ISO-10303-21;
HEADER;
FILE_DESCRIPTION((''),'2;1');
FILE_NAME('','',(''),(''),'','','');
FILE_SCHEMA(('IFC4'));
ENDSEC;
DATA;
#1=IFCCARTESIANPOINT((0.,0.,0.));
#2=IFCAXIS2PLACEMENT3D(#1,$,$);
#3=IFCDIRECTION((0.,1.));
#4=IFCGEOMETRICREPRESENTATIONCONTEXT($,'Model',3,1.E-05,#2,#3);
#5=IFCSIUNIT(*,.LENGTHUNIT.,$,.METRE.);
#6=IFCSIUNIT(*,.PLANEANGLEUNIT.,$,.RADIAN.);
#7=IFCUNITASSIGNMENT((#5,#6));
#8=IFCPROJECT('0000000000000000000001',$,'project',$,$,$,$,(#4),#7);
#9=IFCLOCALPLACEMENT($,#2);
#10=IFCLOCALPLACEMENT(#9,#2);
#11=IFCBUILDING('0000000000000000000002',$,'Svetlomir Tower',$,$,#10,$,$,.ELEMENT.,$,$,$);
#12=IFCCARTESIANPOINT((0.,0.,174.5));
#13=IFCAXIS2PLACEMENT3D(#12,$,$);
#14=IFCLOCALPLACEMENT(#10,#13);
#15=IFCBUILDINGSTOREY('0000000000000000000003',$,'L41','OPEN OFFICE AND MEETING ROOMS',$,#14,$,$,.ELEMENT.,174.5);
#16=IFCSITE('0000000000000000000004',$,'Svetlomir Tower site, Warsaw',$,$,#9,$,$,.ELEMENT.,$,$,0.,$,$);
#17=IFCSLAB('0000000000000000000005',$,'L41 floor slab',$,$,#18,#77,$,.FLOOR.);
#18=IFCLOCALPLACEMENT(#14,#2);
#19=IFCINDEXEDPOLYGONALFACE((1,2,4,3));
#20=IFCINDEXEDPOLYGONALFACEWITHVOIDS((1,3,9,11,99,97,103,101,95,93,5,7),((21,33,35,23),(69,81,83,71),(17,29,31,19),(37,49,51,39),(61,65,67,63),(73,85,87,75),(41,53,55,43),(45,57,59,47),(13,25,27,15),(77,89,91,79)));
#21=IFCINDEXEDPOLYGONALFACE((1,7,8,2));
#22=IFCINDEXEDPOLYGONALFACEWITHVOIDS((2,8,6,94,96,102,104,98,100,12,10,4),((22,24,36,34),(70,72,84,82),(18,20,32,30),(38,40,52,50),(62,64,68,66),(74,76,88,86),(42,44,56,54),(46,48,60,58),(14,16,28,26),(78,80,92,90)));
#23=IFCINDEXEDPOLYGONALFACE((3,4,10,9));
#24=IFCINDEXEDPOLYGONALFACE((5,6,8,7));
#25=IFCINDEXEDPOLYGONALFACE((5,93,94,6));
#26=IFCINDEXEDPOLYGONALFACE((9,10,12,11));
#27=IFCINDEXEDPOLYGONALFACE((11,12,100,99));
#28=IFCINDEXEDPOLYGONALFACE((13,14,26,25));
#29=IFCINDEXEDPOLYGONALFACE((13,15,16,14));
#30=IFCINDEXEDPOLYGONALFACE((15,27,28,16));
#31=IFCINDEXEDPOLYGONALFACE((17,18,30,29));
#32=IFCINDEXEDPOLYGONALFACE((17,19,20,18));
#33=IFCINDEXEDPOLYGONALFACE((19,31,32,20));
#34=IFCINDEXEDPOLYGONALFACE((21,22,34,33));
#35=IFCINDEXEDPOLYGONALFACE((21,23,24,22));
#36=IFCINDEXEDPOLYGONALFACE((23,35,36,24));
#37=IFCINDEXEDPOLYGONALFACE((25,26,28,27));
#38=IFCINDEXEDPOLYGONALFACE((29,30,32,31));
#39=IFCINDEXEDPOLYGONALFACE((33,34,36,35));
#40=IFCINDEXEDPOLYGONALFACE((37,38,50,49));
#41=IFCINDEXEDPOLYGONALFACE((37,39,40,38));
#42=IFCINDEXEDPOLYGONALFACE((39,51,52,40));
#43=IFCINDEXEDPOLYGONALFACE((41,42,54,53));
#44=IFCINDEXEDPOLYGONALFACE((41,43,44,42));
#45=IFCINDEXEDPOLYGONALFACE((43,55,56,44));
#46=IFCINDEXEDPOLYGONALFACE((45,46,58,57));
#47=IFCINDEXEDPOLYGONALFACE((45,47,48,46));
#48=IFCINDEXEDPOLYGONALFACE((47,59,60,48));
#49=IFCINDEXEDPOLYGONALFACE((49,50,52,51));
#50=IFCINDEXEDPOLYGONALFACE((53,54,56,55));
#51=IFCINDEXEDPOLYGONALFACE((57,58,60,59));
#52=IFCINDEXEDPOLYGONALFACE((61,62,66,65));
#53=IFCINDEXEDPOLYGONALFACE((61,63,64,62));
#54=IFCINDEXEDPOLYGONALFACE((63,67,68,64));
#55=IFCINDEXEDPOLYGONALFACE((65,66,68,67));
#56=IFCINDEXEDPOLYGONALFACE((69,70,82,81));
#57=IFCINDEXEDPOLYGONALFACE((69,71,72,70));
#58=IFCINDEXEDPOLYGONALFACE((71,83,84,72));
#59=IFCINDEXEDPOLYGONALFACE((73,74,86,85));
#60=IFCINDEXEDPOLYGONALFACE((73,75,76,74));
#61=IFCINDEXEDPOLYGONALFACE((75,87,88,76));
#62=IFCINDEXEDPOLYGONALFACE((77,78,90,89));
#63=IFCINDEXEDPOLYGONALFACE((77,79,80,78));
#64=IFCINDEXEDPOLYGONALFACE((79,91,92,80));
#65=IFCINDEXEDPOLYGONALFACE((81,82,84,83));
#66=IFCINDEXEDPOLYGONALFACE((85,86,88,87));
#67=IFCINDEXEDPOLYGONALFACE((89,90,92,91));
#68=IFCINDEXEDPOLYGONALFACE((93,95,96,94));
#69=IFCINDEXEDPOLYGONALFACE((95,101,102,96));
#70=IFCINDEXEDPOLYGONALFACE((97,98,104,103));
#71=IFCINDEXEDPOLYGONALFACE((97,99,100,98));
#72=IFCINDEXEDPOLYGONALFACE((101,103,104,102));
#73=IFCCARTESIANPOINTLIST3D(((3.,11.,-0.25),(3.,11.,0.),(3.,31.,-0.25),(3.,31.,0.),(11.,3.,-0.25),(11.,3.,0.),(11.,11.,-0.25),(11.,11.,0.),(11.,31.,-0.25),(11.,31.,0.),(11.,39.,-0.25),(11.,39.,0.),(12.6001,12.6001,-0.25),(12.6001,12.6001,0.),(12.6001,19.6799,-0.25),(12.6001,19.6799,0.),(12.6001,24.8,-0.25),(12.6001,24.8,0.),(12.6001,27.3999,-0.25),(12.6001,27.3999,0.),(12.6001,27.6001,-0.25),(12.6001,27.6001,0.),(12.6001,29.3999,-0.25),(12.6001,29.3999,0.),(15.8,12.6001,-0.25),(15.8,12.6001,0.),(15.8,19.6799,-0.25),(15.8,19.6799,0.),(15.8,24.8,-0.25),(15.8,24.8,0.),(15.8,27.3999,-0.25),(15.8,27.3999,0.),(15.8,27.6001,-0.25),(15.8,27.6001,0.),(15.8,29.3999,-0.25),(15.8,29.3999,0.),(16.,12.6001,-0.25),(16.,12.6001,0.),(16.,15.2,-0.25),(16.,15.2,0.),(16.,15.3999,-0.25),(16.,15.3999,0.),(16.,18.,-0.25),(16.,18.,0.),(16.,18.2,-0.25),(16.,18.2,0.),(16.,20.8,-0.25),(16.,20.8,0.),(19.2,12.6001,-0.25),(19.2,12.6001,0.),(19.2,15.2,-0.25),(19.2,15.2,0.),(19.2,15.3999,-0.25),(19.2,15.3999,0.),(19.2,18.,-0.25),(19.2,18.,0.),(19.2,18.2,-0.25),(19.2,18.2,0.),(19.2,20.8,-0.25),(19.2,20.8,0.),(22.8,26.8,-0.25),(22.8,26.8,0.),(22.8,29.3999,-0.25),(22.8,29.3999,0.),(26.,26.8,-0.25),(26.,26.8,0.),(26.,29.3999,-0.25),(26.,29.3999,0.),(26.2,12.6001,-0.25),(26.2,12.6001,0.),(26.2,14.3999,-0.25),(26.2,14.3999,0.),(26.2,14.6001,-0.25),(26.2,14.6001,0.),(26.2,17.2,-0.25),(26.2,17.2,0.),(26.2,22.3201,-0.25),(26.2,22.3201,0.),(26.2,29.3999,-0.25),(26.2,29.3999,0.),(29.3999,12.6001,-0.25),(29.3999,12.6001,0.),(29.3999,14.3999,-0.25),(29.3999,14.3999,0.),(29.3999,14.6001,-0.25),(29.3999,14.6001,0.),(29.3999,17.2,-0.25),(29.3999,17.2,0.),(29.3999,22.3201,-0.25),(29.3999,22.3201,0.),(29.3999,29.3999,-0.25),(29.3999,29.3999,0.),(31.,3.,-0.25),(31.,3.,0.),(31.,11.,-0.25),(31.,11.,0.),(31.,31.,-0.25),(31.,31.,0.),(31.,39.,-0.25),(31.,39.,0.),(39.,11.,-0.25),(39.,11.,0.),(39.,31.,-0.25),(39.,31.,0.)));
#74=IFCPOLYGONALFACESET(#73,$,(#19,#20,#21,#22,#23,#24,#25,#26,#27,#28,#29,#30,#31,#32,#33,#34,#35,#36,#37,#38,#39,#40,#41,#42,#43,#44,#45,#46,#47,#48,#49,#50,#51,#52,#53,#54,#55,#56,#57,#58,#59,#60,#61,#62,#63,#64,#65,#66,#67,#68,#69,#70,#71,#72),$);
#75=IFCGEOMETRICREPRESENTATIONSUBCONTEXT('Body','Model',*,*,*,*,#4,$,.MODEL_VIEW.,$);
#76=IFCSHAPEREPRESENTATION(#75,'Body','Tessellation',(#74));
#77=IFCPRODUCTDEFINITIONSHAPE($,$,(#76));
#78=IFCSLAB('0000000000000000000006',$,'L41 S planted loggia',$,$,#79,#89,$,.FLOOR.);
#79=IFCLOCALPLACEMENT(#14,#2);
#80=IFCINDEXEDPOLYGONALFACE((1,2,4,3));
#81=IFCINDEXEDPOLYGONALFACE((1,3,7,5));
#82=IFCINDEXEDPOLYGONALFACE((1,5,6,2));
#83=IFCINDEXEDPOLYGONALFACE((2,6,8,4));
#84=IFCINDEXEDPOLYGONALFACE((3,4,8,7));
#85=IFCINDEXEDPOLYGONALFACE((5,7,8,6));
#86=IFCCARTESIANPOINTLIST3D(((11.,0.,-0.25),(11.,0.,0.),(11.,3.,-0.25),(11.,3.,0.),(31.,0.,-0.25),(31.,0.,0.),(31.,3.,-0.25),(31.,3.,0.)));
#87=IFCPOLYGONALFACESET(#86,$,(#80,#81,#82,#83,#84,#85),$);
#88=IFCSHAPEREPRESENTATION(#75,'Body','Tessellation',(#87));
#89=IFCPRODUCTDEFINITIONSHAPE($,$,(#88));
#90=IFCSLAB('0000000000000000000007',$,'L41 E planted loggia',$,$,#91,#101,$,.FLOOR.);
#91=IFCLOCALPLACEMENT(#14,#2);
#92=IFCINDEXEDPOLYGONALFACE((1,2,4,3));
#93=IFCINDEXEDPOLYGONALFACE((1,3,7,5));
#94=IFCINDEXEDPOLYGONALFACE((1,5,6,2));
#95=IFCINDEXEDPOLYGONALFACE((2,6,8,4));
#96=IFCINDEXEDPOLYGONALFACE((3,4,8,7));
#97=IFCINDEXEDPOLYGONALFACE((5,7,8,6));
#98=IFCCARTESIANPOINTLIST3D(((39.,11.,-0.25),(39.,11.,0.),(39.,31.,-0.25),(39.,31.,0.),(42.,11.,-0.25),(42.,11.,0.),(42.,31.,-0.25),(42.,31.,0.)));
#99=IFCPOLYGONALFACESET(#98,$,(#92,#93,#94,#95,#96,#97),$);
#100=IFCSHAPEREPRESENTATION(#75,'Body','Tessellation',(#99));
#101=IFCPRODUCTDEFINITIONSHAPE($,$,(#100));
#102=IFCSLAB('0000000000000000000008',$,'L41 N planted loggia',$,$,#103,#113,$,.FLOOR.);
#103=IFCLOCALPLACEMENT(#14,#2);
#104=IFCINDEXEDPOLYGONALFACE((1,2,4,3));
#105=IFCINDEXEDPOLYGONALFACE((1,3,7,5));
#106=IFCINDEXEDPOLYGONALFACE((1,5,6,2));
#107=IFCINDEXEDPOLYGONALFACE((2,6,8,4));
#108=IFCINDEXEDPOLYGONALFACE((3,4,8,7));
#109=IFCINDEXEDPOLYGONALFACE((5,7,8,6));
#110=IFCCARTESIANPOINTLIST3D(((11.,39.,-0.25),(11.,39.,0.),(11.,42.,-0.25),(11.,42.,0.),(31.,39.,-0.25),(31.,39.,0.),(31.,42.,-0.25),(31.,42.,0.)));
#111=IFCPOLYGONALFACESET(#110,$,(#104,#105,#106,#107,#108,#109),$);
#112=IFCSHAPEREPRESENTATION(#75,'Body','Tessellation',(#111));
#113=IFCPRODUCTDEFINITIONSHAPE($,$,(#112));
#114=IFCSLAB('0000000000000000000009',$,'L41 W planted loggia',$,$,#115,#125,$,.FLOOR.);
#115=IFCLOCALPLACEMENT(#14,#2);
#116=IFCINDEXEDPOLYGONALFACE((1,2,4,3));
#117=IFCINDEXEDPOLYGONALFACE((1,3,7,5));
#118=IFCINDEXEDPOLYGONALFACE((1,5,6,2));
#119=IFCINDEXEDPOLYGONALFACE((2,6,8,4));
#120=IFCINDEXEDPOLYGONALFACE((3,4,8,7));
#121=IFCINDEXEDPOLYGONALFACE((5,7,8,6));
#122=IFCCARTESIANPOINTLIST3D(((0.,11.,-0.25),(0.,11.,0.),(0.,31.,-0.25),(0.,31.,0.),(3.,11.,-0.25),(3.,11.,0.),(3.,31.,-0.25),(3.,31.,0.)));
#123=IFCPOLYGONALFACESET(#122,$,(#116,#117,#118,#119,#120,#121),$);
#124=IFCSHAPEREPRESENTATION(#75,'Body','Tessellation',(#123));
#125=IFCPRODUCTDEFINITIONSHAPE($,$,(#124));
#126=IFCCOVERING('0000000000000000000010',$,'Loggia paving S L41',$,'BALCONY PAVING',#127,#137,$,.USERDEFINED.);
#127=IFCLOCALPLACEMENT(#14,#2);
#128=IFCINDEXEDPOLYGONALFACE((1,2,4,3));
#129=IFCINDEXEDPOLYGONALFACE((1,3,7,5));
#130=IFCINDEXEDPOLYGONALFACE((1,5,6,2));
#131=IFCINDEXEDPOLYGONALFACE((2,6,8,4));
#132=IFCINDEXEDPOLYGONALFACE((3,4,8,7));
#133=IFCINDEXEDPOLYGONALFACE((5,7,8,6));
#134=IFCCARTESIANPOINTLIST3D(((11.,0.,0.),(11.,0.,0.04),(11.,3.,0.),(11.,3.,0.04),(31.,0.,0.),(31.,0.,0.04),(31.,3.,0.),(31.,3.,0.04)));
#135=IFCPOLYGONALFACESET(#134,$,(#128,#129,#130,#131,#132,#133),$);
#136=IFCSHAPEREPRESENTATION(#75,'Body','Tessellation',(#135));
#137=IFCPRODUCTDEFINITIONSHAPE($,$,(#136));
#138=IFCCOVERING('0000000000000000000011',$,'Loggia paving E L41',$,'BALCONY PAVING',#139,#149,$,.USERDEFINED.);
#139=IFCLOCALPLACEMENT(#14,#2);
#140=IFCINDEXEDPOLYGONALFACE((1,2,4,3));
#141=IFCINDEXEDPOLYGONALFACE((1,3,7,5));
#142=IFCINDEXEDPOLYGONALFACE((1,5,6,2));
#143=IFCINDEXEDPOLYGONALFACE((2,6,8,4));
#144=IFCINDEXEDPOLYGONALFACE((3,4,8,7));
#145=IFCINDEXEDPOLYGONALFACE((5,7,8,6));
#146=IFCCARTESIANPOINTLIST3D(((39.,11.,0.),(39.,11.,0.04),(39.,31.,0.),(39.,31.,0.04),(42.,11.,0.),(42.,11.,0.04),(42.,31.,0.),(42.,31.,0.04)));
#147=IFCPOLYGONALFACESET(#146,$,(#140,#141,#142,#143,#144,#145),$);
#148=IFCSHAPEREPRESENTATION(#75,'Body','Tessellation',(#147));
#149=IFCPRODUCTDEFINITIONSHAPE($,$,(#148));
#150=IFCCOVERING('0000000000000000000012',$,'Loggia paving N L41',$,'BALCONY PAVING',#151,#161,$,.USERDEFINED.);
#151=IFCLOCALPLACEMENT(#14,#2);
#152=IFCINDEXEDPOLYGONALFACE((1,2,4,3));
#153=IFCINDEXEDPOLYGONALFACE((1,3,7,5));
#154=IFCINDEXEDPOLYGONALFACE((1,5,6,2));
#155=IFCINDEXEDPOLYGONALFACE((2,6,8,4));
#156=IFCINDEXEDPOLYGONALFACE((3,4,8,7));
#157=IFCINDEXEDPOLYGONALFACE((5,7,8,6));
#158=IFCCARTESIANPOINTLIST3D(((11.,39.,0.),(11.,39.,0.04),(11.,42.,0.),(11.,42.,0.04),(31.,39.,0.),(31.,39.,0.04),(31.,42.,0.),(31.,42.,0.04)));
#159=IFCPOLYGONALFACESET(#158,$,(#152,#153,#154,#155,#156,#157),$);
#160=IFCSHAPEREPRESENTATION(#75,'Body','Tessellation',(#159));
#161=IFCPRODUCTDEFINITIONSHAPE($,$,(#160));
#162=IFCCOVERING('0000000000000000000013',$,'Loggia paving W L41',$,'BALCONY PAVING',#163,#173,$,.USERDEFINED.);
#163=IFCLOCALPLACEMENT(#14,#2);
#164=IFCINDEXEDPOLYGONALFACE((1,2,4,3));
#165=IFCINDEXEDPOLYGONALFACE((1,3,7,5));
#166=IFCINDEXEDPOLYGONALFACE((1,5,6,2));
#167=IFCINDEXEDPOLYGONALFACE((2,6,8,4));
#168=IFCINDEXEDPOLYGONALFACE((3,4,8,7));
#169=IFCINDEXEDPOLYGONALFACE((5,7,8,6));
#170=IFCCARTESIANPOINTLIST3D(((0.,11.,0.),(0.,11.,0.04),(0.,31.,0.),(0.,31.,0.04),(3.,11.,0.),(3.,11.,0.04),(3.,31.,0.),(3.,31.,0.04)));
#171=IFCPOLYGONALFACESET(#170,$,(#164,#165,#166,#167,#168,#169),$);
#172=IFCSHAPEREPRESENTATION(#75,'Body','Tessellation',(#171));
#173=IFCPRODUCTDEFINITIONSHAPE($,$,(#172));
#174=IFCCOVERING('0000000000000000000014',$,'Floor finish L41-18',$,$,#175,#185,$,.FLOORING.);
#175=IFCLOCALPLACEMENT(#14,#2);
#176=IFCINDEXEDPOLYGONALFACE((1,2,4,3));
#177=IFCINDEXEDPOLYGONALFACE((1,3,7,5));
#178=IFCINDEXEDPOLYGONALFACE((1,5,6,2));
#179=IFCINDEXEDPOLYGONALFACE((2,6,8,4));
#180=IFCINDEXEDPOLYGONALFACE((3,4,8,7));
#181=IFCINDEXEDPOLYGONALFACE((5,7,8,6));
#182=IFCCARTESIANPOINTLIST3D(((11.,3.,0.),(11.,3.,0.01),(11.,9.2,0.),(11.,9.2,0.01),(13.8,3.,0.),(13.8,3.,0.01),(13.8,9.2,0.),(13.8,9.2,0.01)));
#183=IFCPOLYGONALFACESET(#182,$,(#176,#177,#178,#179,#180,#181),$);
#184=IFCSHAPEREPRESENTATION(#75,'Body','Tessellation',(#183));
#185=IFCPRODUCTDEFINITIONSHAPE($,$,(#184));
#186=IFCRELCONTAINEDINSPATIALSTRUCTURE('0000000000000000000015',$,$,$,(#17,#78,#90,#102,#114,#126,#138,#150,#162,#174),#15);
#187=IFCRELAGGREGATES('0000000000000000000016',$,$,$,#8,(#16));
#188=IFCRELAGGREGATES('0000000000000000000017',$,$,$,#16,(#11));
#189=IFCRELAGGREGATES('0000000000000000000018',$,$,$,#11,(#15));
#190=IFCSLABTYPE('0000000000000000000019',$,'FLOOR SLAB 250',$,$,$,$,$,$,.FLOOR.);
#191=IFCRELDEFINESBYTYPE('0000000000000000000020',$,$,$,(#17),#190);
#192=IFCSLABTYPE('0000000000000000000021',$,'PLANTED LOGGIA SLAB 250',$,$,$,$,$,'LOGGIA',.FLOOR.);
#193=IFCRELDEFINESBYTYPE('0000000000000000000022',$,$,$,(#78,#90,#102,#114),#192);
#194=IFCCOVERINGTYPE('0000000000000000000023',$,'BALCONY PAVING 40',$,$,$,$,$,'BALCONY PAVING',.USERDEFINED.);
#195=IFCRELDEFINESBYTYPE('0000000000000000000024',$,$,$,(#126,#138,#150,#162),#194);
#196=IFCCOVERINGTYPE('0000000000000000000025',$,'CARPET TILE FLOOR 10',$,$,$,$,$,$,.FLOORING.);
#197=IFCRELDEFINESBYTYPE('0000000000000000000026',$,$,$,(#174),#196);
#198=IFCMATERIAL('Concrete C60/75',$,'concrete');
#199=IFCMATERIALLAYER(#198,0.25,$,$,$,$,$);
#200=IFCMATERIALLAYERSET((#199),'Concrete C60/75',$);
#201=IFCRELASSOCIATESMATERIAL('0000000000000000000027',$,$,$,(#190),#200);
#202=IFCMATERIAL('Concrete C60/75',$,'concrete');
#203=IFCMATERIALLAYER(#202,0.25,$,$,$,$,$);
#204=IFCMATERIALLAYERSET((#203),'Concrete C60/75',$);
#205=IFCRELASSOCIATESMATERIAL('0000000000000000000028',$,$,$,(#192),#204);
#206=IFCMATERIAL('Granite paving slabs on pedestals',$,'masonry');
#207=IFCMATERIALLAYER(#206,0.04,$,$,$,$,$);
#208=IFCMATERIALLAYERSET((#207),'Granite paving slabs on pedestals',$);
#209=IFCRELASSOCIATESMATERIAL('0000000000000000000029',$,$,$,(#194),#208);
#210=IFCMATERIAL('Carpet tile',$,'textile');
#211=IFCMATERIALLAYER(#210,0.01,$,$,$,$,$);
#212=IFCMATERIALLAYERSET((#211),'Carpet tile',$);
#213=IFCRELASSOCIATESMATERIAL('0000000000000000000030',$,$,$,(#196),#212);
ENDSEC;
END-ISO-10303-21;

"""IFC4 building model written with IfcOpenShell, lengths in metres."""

from ifc_helpers import new_model, si_unit, direction, frame, origin, place, context, subcontext, project, spatial, polyline, outline, extrude, material, layer, layer_set, type_object, element, save


model = new_model("IFC4")

# Units and contexts
model_context = context("Model", 3, precision=1e-05, world=origin(), true_north=direction((0.0, 1.0)))
body_context = subcontext(model_context, "Body", "Model", "MODEL_VIEW")
ifc_project = project(units=[si_unit("LENGTHUNIT", "METRE"), si_unit("PLANEANGLEUNIT", "RADIAN")], contexts=[model_context])

# Site, building, storey
site_placement = place(None, origin())
site = spatial("IfcSite", under=ifc_project, at=site_placement, Name="Svetlomir Tower site, Warsaw", CompositionType="ELEMENT", RefElevation=0.0)
building_placement = place(site_placement, origin())
building = spatial("IfcBuilding", under=site, at=building_placement, Name="Svetlomir Tower", CompositionType="ELEMENT")
storey_placement = place(building_placement, frame((0.0, 0.0, 174.5)))
storey = spatial("IfcBuildingStorey", under=building, at=storey_placement, Name="L41", Description="OPEN OFFICE AND MEETING ROOMS", CompositionType="ELEMENT", Elevation=174.5)

# Slabs
ifc_material_1 = material(Name="Concrete C60/75", Category="concrete")
ifc_layer_1 = layer(ifc_material_1, 0.25)
ifc_layer_set_1 = layer_set([ifc_layer_1], Name="Concrete C60/75")
slab_type_1 = type_object("IfcSlabType", Name="FLOOR SLAB 250", PredefinedType="FLOOR", material=ifc_layer_set_1)
slab_1_placement = place(storey_placement, frame((0.0, 0.0, -0.25)))
element("IfcSlab", 1, at=slab_1_placement, inside=storey, type_object=slab_type_1, Name="L41 floor slab", PredefinedType="FLOOR", context=body_context, shape_type="SweptSolid", body=[
    extrude(outline(polyline([(11.0, 3.0), (31.0, 3.0), (31.0, 11.0), (39.0, 11.0), (39.0, 31.0), (31.0, 31.0), (31.0, 39.0), (11.0, 39.0), (11.0, 31.0), (3.0, 31.0), (3.0, 11.0), (11.0, 11.0), (11.0, 3.0)]), holes=[polyline([(12.6001, 24.8), (15.8, 24.8), (15.8, 27.3999), (12.6001, 27.3999), (12.6001, 24.8)]), polyline([(26.2, 14.6001), (29.3999, 14.6001), (29.3999, 17.2), (26.2, 17.2), (26.2, 14.6001)]), polyline([(16.0, 12.6001), (19.2, 12.6001), (19.2, 15.2), (16.0, 15.2), (16.0, 12.6001)]), polyline([(16.0, 15.3999), (19.2, 15.3999), (19.2, 18.0), (16.0, 18.0), (16.0, 15.3999)]), polyline([(16.0, 18.2), (19.2, 18.2), (19.2, 20.8), (16.0, 20.8), (16.0, 18.2)]), polyline([(22.8, 26.8), (26.0, 26.8), (26.0, 29.3999), (22.8, 29.3999), (22.8, 26.8)]), polyline([(12.6001, 27.6001), (15.8, 27.6001), (15.8, 29.3999), (12.6001, 29.3999), (12.6001, 27.6001)]), polyline([(26.2, 12.6001), (29.3999, 12.6001), (29.3999, 14.3999), (26.2, 14.3999), (26.2, 12.6001)]), polyline([(12.6001, 12.6001), (15.8, 12.6001), (15.8, 19.6799), (12.6001, 19.6799), (12.6001, 12.6001)]), polyline([(26.2, 22.3201), (29.3999, 22.3201), (29.3999, 29.3999), (26.2, 29.3999), (26.2, 22.3201)])]), origin(), (0.0, 0.0, 1.0), 0.25),
])
ifc_material_2 = material(Name="Concrete C60/75", Category="concrete")
ifc_layer_2 = layer(ifc_material_2, 0.25)
ifc_layer_set_2 = layer_set([ifc_layer_2], Name="Concrete C60/75")
slab_type_2 = type_object("IfcSlabType", Name="PLANTED LOGGIA SLAB 250", ElementType="LOGGIA", PredefinedType="FLOOR", material=ifc_layer_set_2)
slab_2_placement = place(storey_placement, frame((0.0, 0.0, -0.25)))
element("IfcSlab", 2, at=slab_2_placement, inside=storey, type_object=slab_type_2, Name="L41 S planted loggia", PredefinedType="FLOOR", context=body_context, shape_type="SweptSolid", body=[
    extrude(outline(polyline([(11.0, 0.0), (31.0, 0.0), (31.0, 3.0), (11.0, 3.0), (11.0, 0.0)])), origin(), (0.0, 0.0, 1.0), 0.25),
])
slab_3_placement = place(storey_placement, frame((0.0, 0.0, -0.25)))
element("IfcSlab", 3, at=slab_3_placement, inside=storey, type_object=slab_type_2, Name="L41 E planted loggia", PredefinedType="FLOOR", context=body_context, shape_type="SweptSolid", body=[
    extrude(outline(polyline([(39.0, 11.0), (42.0, 11.0), (42.0, 31.0), (39.0, 31.0), (39.0, 11.0)])), origin(), (0.0, 0.0, 1.0), 0.25),
])
slab_4_placement = place(storey_placement, frame((0.0, 0.0, -0.25)))
element("IfcSlab", 4, at=slab_4_placement, inside=storey, type_object=slab_type_2, Name="L41 N planted loggia", PredefinedType="FLOOR", context=body_context, shape_type="SweptSolid", body=[
    extrude(outline(polyline([(11.0, 39.0), (31.0, 39.0), (31.0, 42.0), (11.0, 42.0), (11.0, 39.0)])), origin(), (0.0, 0.0, 1.0), 0.25),
])
slab_5_placement = place(storey_placement, frame((0.0, 0.0, -0.25)))
element("IfcSlab", 5, at=slab_5_placement, inside=storey, type_object=slab_type_2, Name="L41 W planted loggia", PredefinedType="FLOOR", context=body_context, shape_type="SweptSolid", body=[
    extrude(outline(polyline([(0.0, 11.0), (3.0, 11.0), (3.0, 31.0), (0.0, 31.0), (0.0, 11.0)])), origin(), (0.0, 0.0, 1.0), 0.25),
])

# Coverings
ifc_material_3 = material(Name="Granite paving slabs on pedestals", Category="masonry")
ifc_layer_3 = layer(ifc_material_3, 0.04)
ifc_layer_set_3 = layer_set([ifc_layer_3], Name="Granite paving slabs on pedestals")
covering_type_1 = type_object("IfcCoveringType", Name="BALCONY PAVING 40", ElementType="BALCONY PAVING", PredefinedType="USERDEFINED", material=ifc_layer_set_3)
covering_1_placement = place(storey_placement, origin())
element("IfcCovering", 6, at=covering_1_placement, inside=storey, type_object=covering_type_1, Name="Loggia paving S L41", ObjectType="BALCONY PAVING", PredefinedType="USERDEFINED", context=body_context, shape_type="SweptSolid", body=[
    extrude(outline(polyline([(11.0, 0.0), (31.0, 0.0), (31.0, 3.0), (11.0, 3.0), (11.0, 0.0)])), origin(), (0.0, 0.0, 1.0), 0.04),
])
covering_2_placement = place(storey_placement, origin())
element("IfcCovering", 7, at=covering_2_placement, inside=storey, type_object=covering_type_1, Name="Loggia paving E L41", ObjectType="BALCONY PAVING", PredefinedType="USERDEFINED", context=body_context, shape_type="SweptSolid", body=[
    extrude(outline(polyline([(39.0, 11.0), (42.0, 11.0), (42.0, 31.0), (39.0, 31.0), (39.0, 11.0)])), origin(), (0.0, 0.0, 1.0), 0.04),
])
covering_3_placement = place(storey_placement, origin())
element("IfcCovering", 8, at=covering_3_placement, inside=storey, type_object=covering_type_1, Name="Loggia paving N L41", ObjectType="BALCONY PAVING", PredefinedType="USERDEFINED", context=body_context, shape_type="SweptSolid", body=[
    extrude(outline(polyline([(11.0, 39.0), (31.0, 39.0), (31.0, 42.0), (11.0, 42.0), (11.0, 39.0)])), origin(), (0.0, 0.0, 1.0), 0.04),
])
covering_4_placement = place(storey_placement, origin())
element("IfcCovering", 9, at=covering_4_placement, inside=storey, type_object=covering_type_1, Name="Loggia paving W L41", ObjectType="BALCONY PAVING", PredefinedType="USERDEFINED", context=body_context, shape_type="SweptSolid", body=[
    extrude(outline(polyline([(0.0, 11.0), (3.0, 11.0), (3.0, 31.0), (0.0, 31.0), (0.0, 11.0)])), origin(), (0.0, 0.0, 1.0), 0.04),
])
ifc_material_4 = material(Name="Carpet tile", Category="textile")
ifc_layer_4 = layer(ifc_material_4, 0.01)
ifc_layer_set_4 = layer_set([ifc_layer_4], Name="Carpet tile")
covering_type_2 = type_object("IfcCoveringType", Name="CARPET TILE FLOOR 10", PredefinedType="FLOORING", material=ifc_layer_set_4)
covering_5_placement = place(storey_placement, origin())
element("IfcCovering", 10, at=covering_5_placement, inside=storey, type_object=covering_type_2, Name="Floor finish L41-18", PredefinedType="FLOORING", context=body_context, shape_type="SweptSolid", body=[
    extrude(outline(polyline([(11.0, 3.0), (13.8, 3.0), (13.8, 9.2), (11.0, 9.2), (11.0, 3.0)])), origin(), (0.0, 0.0, 1.0), 0.01),
])

save(model, "model.ifc")
